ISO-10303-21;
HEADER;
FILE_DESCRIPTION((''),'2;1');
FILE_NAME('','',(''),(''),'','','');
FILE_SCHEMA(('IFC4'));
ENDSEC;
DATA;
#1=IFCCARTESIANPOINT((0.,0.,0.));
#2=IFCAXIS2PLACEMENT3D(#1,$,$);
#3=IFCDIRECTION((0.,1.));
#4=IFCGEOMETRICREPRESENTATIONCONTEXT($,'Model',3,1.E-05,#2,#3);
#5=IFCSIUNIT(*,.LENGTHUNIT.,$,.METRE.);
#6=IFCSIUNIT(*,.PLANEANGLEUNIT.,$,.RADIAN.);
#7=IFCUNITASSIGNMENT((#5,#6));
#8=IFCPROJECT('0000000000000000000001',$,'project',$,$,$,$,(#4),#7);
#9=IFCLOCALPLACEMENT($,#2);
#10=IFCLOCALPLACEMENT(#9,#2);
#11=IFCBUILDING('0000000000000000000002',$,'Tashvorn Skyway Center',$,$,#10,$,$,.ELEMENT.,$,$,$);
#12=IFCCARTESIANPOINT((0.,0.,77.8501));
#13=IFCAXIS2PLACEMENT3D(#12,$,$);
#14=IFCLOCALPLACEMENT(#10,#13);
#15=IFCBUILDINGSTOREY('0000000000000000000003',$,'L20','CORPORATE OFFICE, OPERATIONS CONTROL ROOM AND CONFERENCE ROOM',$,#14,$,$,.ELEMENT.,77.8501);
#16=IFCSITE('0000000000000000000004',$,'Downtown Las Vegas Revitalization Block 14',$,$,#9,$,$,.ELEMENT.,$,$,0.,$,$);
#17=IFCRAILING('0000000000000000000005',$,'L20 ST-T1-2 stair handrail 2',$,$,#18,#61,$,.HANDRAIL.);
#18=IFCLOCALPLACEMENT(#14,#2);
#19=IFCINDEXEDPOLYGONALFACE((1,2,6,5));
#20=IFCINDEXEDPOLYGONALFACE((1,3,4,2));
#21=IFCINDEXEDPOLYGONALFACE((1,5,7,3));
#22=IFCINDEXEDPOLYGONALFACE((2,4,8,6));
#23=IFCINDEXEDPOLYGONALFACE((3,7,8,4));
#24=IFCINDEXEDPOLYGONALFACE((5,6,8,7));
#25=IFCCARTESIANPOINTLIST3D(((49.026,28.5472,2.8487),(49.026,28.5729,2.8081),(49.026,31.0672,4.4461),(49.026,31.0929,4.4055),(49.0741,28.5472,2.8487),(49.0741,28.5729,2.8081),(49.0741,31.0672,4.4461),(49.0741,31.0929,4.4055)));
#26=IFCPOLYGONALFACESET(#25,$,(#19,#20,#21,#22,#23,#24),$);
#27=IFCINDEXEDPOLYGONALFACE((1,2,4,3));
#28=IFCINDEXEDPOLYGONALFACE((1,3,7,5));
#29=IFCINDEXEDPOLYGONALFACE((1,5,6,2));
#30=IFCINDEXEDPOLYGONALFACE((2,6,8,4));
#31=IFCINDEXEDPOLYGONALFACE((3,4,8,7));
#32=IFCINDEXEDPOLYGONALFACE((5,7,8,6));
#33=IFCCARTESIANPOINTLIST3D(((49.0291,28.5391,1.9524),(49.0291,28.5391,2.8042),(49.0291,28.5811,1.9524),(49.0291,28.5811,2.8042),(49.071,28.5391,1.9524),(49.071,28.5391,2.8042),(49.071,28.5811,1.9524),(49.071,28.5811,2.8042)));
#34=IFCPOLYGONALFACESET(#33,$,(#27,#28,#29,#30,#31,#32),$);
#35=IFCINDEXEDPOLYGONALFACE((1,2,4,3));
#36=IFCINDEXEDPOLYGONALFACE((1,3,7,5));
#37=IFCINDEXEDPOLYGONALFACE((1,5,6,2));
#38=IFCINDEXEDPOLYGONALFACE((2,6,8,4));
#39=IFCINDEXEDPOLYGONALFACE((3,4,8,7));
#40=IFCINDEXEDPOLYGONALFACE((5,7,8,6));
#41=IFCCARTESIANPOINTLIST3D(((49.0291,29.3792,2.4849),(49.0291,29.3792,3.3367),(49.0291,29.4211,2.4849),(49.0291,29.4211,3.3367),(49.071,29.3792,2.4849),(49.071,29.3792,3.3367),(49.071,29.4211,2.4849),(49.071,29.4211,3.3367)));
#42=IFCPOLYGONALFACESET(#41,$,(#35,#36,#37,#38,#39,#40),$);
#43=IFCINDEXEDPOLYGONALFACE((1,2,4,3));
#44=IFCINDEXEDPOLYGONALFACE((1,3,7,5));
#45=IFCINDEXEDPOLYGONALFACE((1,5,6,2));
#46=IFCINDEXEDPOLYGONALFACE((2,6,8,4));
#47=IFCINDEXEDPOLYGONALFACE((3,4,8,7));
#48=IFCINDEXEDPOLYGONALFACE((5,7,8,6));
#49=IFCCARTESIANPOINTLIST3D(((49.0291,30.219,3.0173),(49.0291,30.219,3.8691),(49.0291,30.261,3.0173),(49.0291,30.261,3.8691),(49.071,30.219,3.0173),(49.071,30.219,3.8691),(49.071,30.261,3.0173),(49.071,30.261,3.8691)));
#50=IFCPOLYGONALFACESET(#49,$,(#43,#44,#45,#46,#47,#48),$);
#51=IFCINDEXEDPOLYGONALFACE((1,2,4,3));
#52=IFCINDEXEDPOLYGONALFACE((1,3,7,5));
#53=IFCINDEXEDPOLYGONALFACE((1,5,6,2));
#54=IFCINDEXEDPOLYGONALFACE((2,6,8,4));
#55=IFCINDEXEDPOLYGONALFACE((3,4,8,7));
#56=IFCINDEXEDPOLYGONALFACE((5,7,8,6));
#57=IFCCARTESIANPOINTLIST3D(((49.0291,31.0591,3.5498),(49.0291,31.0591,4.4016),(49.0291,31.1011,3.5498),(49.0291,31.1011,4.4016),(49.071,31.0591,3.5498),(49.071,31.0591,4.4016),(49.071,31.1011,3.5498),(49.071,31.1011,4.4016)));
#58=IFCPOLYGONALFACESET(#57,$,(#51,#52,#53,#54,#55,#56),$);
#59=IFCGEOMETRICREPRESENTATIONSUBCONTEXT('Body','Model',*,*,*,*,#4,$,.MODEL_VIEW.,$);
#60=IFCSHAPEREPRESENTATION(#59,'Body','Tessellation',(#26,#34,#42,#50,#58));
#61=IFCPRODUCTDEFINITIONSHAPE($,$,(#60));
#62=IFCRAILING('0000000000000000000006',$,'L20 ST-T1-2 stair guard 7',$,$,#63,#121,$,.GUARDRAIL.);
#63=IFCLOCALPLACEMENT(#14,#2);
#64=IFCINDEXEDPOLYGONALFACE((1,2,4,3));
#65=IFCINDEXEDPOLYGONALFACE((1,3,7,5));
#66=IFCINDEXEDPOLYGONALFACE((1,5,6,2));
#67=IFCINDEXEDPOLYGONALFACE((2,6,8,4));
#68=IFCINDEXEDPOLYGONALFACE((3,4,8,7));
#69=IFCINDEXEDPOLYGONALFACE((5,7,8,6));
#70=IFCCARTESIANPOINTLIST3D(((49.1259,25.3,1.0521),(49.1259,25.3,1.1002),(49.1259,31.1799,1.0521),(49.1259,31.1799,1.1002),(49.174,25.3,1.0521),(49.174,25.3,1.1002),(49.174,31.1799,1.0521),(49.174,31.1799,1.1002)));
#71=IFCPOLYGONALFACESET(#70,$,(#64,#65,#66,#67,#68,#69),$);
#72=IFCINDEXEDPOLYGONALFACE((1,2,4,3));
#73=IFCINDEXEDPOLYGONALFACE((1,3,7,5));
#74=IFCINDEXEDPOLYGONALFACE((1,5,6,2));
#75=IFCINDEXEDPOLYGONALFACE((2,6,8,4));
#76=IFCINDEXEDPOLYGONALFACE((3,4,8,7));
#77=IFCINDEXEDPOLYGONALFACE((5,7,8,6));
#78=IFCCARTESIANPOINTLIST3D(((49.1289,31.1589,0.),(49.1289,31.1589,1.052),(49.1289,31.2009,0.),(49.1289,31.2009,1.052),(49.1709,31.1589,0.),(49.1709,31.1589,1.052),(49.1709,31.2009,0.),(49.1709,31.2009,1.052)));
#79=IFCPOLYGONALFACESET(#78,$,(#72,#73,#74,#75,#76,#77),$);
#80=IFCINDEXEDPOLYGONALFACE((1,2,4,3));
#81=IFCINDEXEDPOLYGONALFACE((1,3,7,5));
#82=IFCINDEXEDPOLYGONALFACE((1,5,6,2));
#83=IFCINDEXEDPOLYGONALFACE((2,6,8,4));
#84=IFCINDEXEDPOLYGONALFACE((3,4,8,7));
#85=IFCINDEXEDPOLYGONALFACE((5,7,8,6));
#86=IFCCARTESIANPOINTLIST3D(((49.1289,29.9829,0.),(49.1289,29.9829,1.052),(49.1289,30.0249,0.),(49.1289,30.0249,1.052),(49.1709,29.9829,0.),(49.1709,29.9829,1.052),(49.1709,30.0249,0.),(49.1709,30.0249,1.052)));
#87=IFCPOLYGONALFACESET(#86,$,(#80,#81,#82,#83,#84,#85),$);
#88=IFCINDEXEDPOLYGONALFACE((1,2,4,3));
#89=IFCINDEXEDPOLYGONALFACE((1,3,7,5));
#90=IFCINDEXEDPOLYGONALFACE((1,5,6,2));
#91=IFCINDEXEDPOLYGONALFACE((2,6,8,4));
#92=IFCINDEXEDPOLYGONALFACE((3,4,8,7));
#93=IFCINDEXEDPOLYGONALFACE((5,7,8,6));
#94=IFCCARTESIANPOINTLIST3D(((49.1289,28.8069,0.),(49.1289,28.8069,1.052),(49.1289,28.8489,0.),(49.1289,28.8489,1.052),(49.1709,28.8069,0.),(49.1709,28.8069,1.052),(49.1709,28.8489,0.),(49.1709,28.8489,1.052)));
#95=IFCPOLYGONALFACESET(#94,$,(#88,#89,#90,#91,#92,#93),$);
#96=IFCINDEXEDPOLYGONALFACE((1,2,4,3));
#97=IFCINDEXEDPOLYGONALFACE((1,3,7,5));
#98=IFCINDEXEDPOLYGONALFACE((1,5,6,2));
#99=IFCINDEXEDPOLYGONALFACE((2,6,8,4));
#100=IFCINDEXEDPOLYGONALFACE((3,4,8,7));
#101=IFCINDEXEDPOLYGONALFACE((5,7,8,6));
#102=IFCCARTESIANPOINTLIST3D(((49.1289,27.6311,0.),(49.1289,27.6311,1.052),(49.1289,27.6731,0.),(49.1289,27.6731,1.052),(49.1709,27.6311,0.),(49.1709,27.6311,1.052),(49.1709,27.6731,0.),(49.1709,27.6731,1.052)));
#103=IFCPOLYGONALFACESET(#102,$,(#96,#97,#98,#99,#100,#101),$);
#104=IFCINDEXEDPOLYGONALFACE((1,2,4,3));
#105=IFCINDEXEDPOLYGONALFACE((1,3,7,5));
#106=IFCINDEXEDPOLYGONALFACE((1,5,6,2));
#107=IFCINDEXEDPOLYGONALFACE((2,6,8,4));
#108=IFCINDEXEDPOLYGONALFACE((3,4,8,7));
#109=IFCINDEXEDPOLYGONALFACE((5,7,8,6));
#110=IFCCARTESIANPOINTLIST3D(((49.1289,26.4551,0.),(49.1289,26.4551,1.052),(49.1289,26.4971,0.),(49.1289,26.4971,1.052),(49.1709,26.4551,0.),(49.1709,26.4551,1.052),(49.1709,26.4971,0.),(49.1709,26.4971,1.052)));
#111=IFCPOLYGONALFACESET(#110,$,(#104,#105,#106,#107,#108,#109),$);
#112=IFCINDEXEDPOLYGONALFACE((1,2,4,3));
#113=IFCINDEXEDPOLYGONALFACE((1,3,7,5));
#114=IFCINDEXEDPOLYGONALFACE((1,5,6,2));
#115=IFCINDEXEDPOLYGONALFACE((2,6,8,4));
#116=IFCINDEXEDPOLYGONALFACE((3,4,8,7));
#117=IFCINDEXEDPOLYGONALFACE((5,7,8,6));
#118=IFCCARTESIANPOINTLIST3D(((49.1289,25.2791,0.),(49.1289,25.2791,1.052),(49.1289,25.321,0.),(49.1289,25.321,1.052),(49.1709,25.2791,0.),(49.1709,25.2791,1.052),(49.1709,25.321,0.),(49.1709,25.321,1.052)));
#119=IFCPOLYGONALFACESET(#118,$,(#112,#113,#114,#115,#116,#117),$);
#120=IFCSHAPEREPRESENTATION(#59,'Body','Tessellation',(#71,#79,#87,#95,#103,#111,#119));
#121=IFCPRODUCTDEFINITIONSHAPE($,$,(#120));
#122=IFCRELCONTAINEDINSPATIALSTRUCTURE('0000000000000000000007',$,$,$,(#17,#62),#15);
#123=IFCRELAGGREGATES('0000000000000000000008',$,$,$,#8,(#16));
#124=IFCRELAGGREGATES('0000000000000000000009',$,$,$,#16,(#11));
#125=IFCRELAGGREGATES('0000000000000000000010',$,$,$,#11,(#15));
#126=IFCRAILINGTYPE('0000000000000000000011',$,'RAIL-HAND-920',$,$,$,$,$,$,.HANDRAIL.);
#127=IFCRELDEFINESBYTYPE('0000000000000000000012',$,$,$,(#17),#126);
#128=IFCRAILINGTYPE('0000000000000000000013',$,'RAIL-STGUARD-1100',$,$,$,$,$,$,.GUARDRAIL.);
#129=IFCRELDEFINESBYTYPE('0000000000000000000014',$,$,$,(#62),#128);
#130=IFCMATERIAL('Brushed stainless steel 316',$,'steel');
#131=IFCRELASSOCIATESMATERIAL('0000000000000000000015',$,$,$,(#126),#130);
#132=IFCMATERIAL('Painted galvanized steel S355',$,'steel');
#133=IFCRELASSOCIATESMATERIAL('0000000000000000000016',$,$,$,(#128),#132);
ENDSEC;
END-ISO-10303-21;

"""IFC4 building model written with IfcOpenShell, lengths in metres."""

from ifc_helpers import new_model, si_unit, direction, frame, origin, origin_2d, place, context, subcontext, project, spatial, rectangle, extrude, material, type_object, element, save


model = new_model("IFC4")

# Units and contexts
model_context = context("Model", 3, precision=1e-05, world=origin(), true_north=direction((0.0, 1.0)))
body_context = subcontext(model_context, "Body", "Model", "MODEL_VIEW")
ifc_project = project(units=[si_unit("LENGTHUNIT", "METRE"), si_unit("PLANEANGLEUNIT", "RADIAN")], contexts=[model_context])

# Site, building, storey
site_placement = place(None, origin())
site = spatial("IfcSite", under=ifc_project, at=site_placement, Name="Downtown Las Vegas Revitalization Block 14", CompositionType="ELEMENT", RefElevation=0.0)
building_placement = place(site_placement, origin())
building = spatial("IfcBuilding", under=site, at=building_placement, Name="Tashvorn Skyway Center", CompositionType="ELEMENT")
storey_placement = place(building_placement, frame((0.0, 0.0, 77.8501)))
storey = spatial("IfcBuildingStorey", under=building, at=storey_placement, Name="L20", Description="CORPORATE OFFICE, OPERATIONS CONTROL ROOM AND CONFERENCE ROOM", CompositionType="ELEMENT", Elevation=77.8501)

# Railings
ifc_material_1 = material(Name="Brushed stainless steel 316", Category="steel")
railing_type_1 = type_object("IfcRailingType", Name="RAIL-HAND-920", PredefinedType="HANDRAIL", material=ifc_material_1)
railing_1_placement = place(storey_placement, frame((49.05, 28.5601, 1.9524)))
element("IfcRailing", 1, at=railing_1_placement, inside=storey, type_object=railing_type_1, Name="L20 ST-T1-2 stair handrail 2", PredefinedType="HANDRAIL", context=body_context, shape_type="SweptSolid", body=[
    extrude(rectangle(XDim=0.0481, YDim=0.0481, at=origin_2d()), frame((0.0, 0.0, 0.876), z_axis=(0.0, 0.844607, 0.535387), x_axis=(-1.0, 0.0, 0.0)), (0.0, 0.0, 1.0), 2.9836),
    extrude(rectangle(XDim=0.042, YDim=0.042, at=origin_2d()), origin(), (0.0, 0.0, 1.0), 0.8518),
    extrude(rectangle(XDim=0.042, YDim=0.042, at=origin_2d()), frame((0.0, 0.8401, 0.5325)), (0.0, 0.0, 1.0), 0.8518),
    extrude(rectangle(XDim=0.042, YDim=0.042, at=origin_2d()), frame((0.0, 1.6799, 1.0649)), (0.0, 0.0, 1.0), 0.8518),
    extrude(rectangle(XDim=0.042, YDim=0.042, at=origin_2d()), frame((0.0, 2.52, 1.5974)), (0.0, 0.0, 1.0), 0.8518),
])
ifc_material_2 = material(Name="Painted galvanized steel S355", Category="steel")
railing_type_2 = type_object("IfcRailingType", Name="RAIL-STGUARD-1100", PredefinedType="GUARDRAIL", material=ifc_material_2)
railing_2_placement = place(storey_placement, frame((49.1499, 31.1799, 0.0)))
element("IfcRailing", 2, at=railing_2_placement, inside=storey, type_object=railing_type_2, Name="L20 ST-T1-2 stair guard 7", PredefinedType="GUARDRAIL", context=body_context, shape_type="SweptSolid", body=[
    extrude(rectangle(XDim=0.0481, YDim=0.0481, at=origin_2d()), frame((0.0, 0.0, 1.0762), z_axis=(0.0, -1.0, 0.0), x_axis=(1.0, 0.0, 0.0)), (0.0, 0.0, 1.0), 5.8799),
    extrude(rectangle(XDim=0.042, YDim=0.042, at=origin_2d()), origin(), (0.0, 0.0, 1.0), 1.052),
    extrude(rectangle(XDim=0.042, YDim=0.042, at=origin_2d()), frame((0.0, -1.176, 0.0)), (0.0, 0.0, 1.0), 1.052),
    extrude(rectangle(XDim=0.042, YDim=0.042, at=origin_2d()), frame((0.0, -2.3521, 0.0)), (0.0, 0.0, 1.0), 1.052),
    extrude(rectangle(XDim=0.042, YDim=0.042, at=origin_2d()), frame((0.0, -3.5278, 0.0)), (0.0, 0.0, 1.0), 1.052),
    extrude(rectangle(XDim=0.042, YDim=0.042, at=origin_2d()), frame((0.0, -4.7039, 0.0)), (0.0, 0.0, 1.0), 1.052),
    extrude(rectangle(XDim=0.042, YDim=0.042, at=origin_2d()), frame((0.0, -5.8799, 0.0)), (0.0, 0.0, 1.0), 1.052),
])

save(model, "model.ifc")
